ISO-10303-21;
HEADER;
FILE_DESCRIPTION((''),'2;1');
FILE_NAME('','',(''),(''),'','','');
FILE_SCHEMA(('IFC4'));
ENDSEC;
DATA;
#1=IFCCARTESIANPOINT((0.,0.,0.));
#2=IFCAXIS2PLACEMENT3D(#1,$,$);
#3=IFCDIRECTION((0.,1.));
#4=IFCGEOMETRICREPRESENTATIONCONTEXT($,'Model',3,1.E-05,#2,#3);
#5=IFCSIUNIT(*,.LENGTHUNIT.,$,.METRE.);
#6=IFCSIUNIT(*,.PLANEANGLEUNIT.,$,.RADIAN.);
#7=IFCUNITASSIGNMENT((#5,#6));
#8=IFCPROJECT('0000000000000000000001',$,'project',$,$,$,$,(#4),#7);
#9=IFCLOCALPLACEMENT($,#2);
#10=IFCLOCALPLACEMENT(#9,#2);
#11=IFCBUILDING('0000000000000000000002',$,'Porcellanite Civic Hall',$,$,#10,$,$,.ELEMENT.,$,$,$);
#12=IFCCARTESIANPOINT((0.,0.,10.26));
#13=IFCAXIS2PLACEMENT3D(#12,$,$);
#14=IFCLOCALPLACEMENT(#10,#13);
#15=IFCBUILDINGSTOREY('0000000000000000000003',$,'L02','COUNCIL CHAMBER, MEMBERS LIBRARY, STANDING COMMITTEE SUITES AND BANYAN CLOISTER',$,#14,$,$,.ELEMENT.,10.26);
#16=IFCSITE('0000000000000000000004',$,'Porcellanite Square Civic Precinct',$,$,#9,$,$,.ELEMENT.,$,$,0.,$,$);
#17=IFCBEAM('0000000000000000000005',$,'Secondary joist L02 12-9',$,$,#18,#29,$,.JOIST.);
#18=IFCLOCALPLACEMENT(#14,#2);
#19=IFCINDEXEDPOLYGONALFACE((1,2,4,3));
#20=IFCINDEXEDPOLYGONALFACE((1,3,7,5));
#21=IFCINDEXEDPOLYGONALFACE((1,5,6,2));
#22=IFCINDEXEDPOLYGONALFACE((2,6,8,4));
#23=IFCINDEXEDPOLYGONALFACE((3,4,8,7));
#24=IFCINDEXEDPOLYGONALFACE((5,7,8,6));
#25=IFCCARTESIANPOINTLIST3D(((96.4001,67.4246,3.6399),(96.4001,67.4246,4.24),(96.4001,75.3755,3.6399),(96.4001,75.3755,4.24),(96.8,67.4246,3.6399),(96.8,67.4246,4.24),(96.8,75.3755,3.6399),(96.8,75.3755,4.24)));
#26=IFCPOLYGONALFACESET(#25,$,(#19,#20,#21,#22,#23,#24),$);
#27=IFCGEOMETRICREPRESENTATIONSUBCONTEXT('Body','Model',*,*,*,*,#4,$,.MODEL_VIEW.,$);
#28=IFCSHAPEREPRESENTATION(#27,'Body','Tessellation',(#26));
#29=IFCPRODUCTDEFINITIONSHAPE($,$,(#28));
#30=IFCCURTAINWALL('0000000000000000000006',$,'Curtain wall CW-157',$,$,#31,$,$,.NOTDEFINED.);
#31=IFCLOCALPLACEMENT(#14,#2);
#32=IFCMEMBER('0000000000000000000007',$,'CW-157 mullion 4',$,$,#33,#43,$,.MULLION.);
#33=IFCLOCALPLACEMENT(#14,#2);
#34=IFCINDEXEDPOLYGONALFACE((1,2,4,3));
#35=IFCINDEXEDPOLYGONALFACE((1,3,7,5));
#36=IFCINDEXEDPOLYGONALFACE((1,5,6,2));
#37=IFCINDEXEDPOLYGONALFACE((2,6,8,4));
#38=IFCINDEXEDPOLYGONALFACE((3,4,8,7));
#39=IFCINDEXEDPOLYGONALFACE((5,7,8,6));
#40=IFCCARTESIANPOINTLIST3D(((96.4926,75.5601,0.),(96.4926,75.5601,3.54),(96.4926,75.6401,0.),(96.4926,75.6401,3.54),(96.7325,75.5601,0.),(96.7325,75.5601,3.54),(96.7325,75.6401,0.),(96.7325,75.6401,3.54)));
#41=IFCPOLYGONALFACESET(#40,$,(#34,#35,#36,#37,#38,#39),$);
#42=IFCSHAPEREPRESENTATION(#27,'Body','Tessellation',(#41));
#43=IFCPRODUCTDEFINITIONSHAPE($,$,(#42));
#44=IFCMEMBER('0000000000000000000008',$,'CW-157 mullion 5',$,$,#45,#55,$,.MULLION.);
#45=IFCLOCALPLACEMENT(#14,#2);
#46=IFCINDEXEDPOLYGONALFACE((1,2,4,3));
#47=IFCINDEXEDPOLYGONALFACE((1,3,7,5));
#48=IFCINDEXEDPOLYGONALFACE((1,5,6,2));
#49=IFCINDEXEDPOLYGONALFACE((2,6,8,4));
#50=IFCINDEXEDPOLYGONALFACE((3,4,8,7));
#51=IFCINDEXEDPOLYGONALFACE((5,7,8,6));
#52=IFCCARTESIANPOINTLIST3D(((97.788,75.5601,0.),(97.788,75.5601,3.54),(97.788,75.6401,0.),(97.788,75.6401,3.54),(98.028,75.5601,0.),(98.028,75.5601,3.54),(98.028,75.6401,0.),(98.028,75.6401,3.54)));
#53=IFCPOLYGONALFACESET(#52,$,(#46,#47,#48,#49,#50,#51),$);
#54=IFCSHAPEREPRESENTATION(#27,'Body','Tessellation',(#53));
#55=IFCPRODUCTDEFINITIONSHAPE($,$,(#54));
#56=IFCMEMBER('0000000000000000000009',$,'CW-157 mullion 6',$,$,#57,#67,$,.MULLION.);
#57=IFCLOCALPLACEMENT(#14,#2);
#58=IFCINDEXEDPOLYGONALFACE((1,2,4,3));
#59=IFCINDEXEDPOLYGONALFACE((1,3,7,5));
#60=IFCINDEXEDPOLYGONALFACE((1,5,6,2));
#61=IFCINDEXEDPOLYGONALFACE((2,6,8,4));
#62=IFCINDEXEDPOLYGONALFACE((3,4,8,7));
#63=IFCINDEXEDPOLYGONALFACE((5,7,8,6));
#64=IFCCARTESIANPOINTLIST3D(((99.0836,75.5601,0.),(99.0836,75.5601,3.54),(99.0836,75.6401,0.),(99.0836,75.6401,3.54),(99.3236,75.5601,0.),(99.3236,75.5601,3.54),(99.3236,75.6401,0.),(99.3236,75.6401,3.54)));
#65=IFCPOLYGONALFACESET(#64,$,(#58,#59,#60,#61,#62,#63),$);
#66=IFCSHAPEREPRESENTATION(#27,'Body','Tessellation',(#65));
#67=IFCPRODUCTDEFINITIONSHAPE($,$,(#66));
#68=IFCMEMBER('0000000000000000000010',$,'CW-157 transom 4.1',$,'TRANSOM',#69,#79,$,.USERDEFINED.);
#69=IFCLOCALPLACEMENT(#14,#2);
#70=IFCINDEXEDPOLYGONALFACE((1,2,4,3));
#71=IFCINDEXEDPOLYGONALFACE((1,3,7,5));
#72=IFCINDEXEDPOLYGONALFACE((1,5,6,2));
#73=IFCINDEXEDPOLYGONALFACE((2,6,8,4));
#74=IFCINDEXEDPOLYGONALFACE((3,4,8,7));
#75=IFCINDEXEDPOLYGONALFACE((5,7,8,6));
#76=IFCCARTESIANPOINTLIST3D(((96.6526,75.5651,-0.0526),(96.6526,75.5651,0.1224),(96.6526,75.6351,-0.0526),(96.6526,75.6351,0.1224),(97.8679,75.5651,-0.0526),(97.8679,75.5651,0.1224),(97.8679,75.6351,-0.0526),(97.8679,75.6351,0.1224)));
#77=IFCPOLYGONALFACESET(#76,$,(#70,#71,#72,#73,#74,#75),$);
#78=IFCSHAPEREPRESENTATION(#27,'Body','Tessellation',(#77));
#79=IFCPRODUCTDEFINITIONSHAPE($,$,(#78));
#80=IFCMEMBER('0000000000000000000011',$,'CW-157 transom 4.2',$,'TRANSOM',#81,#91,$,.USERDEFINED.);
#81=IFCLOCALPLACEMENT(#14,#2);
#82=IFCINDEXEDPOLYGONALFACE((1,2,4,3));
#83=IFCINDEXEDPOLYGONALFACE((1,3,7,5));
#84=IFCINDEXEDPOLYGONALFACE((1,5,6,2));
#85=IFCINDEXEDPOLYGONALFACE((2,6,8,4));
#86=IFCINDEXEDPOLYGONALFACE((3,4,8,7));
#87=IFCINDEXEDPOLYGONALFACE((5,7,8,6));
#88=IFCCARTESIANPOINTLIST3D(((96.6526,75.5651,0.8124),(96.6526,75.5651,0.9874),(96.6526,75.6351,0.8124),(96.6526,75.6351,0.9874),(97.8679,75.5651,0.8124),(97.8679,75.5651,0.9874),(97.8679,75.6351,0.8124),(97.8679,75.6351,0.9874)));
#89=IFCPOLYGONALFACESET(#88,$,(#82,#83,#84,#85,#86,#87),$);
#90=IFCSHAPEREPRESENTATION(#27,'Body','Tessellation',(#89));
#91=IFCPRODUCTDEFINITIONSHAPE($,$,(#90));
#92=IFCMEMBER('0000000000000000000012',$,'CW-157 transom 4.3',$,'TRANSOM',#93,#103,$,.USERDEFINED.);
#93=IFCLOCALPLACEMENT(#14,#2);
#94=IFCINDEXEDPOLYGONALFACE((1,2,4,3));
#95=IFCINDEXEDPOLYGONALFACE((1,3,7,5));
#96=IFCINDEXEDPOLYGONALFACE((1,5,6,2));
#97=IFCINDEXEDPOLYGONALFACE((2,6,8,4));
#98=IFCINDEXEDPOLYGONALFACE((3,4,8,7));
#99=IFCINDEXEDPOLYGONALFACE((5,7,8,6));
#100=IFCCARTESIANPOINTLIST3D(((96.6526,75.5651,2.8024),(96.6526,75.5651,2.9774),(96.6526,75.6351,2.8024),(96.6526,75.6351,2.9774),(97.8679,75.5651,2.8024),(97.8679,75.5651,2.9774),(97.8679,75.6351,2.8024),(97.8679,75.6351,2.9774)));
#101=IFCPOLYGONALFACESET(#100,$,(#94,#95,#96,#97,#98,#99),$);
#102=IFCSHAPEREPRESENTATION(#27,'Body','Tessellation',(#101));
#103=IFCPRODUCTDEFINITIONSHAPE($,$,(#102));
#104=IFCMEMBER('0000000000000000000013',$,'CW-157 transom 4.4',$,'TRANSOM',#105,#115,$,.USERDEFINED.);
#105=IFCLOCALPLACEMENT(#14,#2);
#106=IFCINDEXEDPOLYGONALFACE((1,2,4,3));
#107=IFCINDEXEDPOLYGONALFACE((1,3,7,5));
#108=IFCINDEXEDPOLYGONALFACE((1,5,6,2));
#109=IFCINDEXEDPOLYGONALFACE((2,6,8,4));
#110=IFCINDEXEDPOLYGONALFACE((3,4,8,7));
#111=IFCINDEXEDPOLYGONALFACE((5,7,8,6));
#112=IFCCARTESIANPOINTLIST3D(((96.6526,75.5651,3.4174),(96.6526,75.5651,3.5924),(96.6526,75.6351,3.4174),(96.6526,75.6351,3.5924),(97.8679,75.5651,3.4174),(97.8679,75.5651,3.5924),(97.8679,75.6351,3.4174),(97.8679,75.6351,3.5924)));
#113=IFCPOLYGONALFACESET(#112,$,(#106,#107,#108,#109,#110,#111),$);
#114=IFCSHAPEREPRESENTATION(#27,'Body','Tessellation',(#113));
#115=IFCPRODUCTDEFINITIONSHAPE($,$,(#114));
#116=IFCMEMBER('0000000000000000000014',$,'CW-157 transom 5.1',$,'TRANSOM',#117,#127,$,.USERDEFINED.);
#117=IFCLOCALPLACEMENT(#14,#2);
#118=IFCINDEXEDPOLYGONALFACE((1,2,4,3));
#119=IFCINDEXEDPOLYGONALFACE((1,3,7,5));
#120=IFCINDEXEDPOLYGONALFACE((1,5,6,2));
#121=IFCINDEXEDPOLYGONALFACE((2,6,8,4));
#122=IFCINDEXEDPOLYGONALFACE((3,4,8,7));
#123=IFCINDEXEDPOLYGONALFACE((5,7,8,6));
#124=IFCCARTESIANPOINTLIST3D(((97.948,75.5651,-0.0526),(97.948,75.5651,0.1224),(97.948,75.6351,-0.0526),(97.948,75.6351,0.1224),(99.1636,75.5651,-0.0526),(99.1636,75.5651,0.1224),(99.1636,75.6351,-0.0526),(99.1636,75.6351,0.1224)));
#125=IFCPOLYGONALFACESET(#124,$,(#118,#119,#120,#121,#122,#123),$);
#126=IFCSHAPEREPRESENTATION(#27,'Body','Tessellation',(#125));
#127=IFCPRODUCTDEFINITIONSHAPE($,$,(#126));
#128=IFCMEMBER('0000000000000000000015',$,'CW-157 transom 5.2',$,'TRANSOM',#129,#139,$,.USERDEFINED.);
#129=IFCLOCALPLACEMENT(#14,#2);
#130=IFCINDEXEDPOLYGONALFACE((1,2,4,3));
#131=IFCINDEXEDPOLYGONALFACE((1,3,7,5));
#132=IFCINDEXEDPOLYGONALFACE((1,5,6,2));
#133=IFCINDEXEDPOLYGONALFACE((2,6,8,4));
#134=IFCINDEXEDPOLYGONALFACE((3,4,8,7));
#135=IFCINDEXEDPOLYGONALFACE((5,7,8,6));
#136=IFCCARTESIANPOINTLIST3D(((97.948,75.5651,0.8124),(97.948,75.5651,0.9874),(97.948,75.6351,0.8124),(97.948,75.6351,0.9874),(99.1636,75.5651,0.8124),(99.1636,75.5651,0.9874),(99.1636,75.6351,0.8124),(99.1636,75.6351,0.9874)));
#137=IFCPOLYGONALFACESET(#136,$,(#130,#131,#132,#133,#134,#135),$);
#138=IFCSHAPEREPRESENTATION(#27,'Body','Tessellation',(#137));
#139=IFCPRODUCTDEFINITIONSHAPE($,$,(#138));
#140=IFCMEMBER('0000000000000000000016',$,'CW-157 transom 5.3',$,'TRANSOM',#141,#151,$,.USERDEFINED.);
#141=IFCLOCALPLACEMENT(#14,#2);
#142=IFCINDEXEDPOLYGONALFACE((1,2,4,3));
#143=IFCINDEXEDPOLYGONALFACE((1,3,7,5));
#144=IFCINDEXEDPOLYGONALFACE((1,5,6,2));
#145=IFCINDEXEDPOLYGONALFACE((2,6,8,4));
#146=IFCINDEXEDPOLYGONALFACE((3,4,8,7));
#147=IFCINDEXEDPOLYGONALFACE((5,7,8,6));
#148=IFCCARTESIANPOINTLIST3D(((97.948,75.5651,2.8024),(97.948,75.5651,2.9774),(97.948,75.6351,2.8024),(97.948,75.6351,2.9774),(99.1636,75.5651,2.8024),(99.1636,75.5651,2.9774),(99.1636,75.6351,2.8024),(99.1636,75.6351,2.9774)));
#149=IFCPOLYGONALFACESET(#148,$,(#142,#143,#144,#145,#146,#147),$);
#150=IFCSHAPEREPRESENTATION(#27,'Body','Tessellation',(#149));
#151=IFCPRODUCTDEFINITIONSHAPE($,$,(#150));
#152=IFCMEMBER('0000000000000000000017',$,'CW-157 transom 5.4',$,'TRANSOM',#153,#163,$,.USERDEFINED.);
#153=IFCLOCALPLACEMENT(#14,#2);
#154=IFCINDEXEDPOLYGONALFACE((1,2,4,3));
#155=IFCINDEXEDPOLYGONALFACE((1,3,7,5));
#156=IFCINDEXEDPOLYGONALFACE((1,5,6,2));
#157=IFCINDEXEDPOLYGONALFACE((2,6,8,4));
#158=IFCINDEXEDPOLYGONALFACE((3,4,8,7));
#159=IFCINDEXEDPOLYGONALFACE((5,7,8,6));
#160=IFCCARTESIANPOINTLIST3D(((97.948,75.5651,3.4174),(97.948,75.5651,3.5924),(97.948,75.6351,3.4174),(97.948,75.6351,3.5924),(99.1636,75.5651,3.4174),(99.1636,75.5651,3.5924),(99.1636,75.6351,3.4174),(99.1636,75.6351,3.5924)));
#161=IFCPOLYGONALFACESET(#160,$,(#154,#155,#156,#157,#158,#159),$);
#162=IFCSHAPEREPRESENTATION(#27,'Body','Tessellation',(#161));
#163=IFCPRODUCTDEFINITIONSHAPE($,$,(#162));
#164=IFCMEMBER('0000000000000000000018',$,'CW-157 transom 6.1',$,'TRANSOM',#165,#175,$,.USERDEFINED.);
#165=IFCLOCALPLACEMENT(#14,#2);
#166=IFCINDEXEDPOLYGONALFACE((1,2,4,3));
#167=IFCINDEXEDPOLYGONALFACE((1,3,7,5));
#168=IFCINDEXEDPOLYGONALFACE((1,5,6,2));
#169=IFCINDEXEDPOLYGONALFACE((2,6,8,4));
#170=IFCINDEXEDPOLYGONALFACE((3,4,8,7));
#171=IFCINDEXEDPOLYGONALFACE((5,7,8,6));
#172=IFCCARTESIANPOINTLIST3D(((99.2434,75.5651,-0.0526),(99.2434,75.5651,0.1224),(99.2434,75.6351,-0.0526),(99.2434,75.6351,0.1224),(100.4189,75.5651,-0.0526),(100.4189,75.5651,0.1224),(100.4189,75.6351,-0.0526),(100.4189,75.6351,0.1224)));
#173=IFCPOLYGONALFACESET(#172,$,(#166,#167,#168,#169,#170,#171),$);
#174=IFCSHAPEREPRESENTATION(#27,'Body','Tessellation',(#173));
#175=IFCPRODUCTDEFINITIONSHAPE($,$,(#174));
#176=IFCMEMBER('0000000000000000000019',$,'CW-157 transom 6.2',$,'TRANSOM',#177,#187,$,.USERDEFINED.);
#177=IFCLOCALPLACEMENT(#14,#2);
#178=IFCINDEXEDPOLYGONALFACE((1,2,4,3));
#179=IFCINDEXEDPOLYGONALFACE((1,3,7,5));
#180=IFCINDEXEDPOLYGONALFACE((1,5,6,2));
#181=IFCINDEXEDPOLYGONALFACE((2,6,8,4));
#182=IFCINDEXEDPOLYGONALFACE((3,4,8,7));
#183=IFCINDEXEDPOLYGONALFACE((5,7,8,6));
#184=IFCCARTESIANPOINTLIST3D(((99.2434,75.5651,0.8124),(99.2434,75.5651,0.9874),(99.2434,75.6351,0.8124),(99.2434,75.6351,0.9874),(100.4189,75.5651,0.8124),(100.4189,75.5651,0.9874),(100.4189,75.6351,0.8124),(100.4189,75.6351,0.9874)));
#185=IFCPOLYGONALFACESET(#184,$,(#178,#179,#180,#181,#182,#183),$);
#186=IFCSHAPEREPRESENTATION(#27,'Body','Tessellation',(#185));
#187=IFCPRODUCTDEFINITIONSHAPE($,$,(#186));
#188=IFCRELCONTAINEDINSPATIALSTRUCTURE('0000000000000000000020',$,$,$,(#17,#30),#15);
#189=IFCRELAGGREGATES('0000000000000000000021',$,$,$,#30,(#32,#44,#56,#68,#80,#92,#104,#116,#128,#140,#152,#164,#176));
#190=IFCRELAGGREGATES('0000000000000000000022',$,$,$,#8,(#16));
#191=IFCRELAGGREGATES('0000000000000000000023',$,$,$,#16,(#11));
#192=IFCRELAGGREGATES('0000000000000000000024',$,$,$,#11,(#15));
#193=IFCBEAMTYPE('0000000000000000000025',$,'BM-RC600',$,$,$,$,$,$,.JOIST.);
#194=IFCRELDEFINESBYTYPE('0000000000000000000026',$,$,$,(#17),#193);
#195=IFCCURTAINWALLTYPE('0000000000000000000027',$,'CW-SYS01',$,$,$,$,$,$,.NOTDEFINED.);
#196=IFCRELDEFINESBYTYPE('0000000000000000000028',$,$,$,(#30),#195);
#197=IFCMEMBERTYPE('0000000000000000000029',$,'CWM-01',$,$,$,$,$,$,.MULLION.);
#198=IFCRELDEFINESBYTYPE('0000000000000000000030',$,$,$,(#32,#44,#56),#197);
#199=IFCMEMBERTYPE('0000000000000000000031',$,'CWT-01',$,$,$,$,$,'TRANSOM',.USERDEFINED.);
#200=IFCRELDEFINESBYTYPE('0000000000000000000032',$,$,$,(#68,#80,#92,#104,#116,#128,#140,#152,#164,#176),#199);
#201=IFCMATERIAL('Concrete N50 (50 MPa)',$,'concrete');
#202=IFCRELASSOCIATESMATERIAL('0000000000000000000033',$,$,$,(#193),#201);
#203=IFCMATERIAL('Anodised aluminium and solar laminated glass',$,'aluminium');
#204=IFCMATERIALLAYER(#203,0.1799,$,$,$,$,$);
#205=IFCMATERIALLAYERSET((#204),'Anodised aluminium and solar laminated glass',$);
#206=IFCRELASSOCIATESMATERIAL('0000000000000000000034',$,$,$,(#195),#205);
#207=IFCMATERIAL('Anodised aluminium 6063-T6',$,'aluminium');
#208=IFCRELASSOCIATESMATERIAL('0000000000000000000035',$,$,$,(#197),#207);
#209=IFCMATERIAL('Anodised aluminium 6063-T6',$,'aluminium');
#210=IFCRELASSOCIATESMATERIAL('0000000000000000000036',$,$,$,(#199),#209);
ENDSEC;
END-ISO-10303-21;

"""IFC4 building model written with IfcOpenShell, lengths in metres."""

from ifc_helpers import new_model, si_unit, direction, frame, origin, origin_2d, place, context, subcontext, project, spatial, rectangle, extrude, material, layer, layer_set, material_profile, profile_set, type_object, element, aggregate, save


model = new_model("IFC4")

# Units and contexts
model_context = context("Model", 3, precision=1e-05, world=origin(), true_north=direction((0.0, 1.0)))
body_context = subcontext(model_context, "Body", "Model", "MODEL_VIEW")
ifc_project = project(units=[si_unit("LENGTHUNIT", "METRE"), si_unit("PLANEANGLEUNIT", "RADIAN")], contexts=[model_context])

# Site, building, storey
site_placement = place(None, origin())
site = spatial("IfcSite", under=ifc_project, at=site_placement, Name="Porcellanite Square Civic Precinct", CompositionType="ELEMENT", RefElevation=0.0)
building_placement = place(site_placement, origin())
building = spatial("IfcBuilding", under=site, at=building_placement, Name="Porcellanite Civic Hall", CompositionType="ELEMENT")
storey_placement = place(building_placement, frame((0.0, 0.0, 10.26)))
storey = spatial("IfcBuildingStorey", under=building, at=storey_placement, Name="L02", Description="COUNCIL CHAMBER, MEMBERS LIBRARY, STANDING COMMITTEE SUITES AND BANYAN CLOISTER", CompositionType="ELEMENT", Elevation=10.26)

# Beam
ifc_material_1 = material(Name="Concrete N50 (50 MPa)", Category="concrete")
ifc_material_profile_1 = material_profile(ifc_material_1, rectangle(XDim=0.3999, YDim=0.6001, at=origin_2d()), Name="RC-400x600")
ifc_profile_set_1 = profile_set([ifc_material_profile_1], Name="Concrete N50 (50 MPa)")
beam_type = type_object("IfcBeamType", Name="BM-RC600", PredefinedType="JOIST", material=ifc_profile_set_1)
beam_placement = place(storey_placement, frame((96.6001, 67.4246, 3.9399), z_axis=(0.0, 1.0, 0.0), x_axis=(-1.0, 0.0, 0.0)))
element("IfcBeam", 1, at=beam_placement, inside=storey, type_object=beam_type, Name="Secondary joist L02 12-9", PredefinedType="JOIST", context=body_context, shape_type="SweptSolid", body=[
    extrude(rectangle(XDim=0.3999, YDim=0.6001, at=origin_2d()), origin(), (0.0, 0.0, 1.0), 7.9509),
])

# Curtain wall, members
ifc_material_2 = material(Name="Anodised aluminium and solar laminated glass", Category="aluminium")
ifc_layer_1 = layer(ifc_material_2, 0.1799)
ifc_layer_set_1 = layer_set([ifc_layer_1], Name="Anodised aluminium and solar laminated glass")
curtain_wall_type = type_object("IfcCurtainWallType", Name="CW-SYS01", PredefinedType="NOTDEFINED", material=ifc_layer_set_1)
curtain_wall_placement = place(storey_placement, origin())
curtain_wall = element("IfcCurtainWall", 2, at=curtain_wall_placement, inside=storey, type_object=curtain_wall_type, Name="Curtain wall CW-157", PredefinedType="NOTDEFINED")
ifc_material_3 = material(Name="Anodised aluminium 6063-T6", Category="aluminium")
ifc_material_profile_2 = material_profile(ifc_material_3, rectangle(XDim=0.0801, YDim=0.24, at=origin_2d()), Name="AL-80x240")
ifc_profile_set_2 = profile_set([ifc_material_profile_2], Name="Anodised aluminium 6063-T6")
member_type_1 = type_object("IfcMemberType", Name="CWM-01", PredefinedType="MULLION", material=ifc_profile_set_2)
member_1_placement = place(storey_placement, frame((96.6125, 75.6001, 0.0), z_axis=(0.0, 0.0, 1.0), x_axis=(0.0, 1.0, 0.0)))
member_1 = element("IfcMember", 3, at=member_1_placement, type_object=member_type_1, Name="CW-157 mullion 4", PredefinedType="MULLION", context=body_context, shape_type="SweptSolid", body=[
    extrude(rectangle(XDim=0.0801, YDim=0.24, at=origin_2d()), origin(), (0.0, 0.0, 1.0), 3.54),
])
member_2_placement = place(storey_placement, frame((97.908, 75.6001, 0.0), z_axis=(0.0, 0.0, 1.0), x_axis=(0.0, 1.0, 0.0)))
member_2 = element("IfcMember", 4, at=member_2_placement, type_object=member_type_1, Name="CW-157 mullion 5", PredefinedType="MULLION", context=body_context, shape_type="SweptSolid", body=[
    extrude(rectangle(XDim=0.0801, YDim=0.24, at=origin_2d()), origin(), (0.0, 0.0, 1.0), 3.54),
])
member_3_placement = place(storey_placement, frame((99.2036, 75.6001, 0.0), z_axis=(0.0, 0.0, 1.0), x_axis=(0.0, 1.0, 0.0)))
member_3 = element("IfcMember", 5, at=member_3_placement, type_object=member_type_1, Name="CW-157 mullion 6", PredefinedType="MULLION", context=body_context, shape_type="SweptSolid", body=[
    extrude(rectangle(XDim=0.0801, YDim=0.24, at=origin_2d()), origin(), (0.0, 0.0, 1.0), 3.54),
])
ifc_material_4 = material(Name="Anodised aluminium 6063-T6", Category="aluminium")
ifc_material_profile_3 = material_profile(ifc_material_4, rectangle(XDim=0.0701, YDim=0.175, at=origin_2d()), Name="AL-70x175")
ifc_profile_set_3 = profile_set([ifc_material_profile_3], Name="Anodised aluminium 6063-T6")
member_type_2 = type_object("IfcMemberType", Name="CWT-01", ElementType="TRANSOM", PredefinedType="USERDEFINED", material=ifc_profile_set_3)
member_4_placement = place(storey_placement, frame((96.6526, 75.6001, 0.0349), z_axis=(1.0, 0.0, 0.0), x_axis=(0.0, 1.0, 0.0)))
member_4 = element("IfcMember", 6, at=member_4_placement, type_object=member_type_2, Name="CW-157 transom 4.1", ObjectType="TRANSOM", PredefinedType="USERDEFINED", context=body_context, shape_type="SweptSolid", body=[
    extrude(rectangle(XDim=0.0701, YDim=0.175, at=origin_2d()), origin(), (0.0, 0.0, 1.0), 1.2153),
])
member_5_placement = place(storey_placement, frame((96.6526, 75.6001, 0.8999), z_axis=(1.0, 0.0, 0.0), x_axis=(0.0, 1.0, 0.0)))
member_5 = element("IfcMember", 7, at=member_5_placement, type_object=member_type_2, Name="CW-157 transom 4.2", ObjectType="TRANSOM", PredefinedType="USERDEFINED", context=body_context, shape_type="SweptSolid", body=[
    extrude(rectangle(XDim=0.0701, YDim=0.175, at=origin_2d()), origin(), (0.0, 0.0, 1.0), 1.2153),
])
member_6_placement = place(storey_placement, frame((96.6526, 75.6001, 2.8899), z_axis=(1.0, 0.0, 0.0), x_axis=(0.0, 1.0, 0.0)))
member_6 = element("IfcMember", 8, at=member_6_placement, type_object=member_type_2, Name="CW-157 transom 4.3", ObjectType="TRANSOM", PredefinedType="USERDEFINED", context=body_context, shape_type="SweptSolid", body=[
    extrude(rectangle(XDim=0.0701, YDim=0.175, at=origin_2d()), origin(), (0.0, 0.0, 1.0), 1.2153),
])
member_7_placement = place(storey_placement, frame((96.6526, 75.6001, 3.5049), z_axis=(1.0, 0.0, 0.0), x_axis=(0.0, 1.0, 0.0)))
member_7 = element("IfcMember", 9, at=member_7_placement, type_object=member_type_2, Name="CW-157 transom 4.4", ObjectType="TRANSOM", PredefinedType="USERDEFINED", context=body_context, shape_type="SweptSolid", body=[
    extrude(rectangle(XDim=0.0701, YDim=0.175, at=origin_2d()), origin(), (0.0, 0.0, 1.0), 1.2153),
])
member_8_placement = place(storey_placement, frame((97.948, 75.6001, 0.0349), z_axis=(1.0, 0.0, 0.0), x_axis=(0.0, 1.0, 0.0)))
member_8 = element("IfcMember", 10, at=member_8_placement, type_object=member_type_2, Name="CW-157 transom 5.1", ObjectType="TRANSOM", PredefinedType="USERDEFINED", context=body_context, shape_type="SweptSolid", body=[
    extrude(rectangle(XDim=0.0701, YDim=0.175, at=origin_2d()), origin(), (0.0, 0.0, 1.0), 1.2156),
])
member_9_placement = place(storey_placement, frame((97.948, 75.6001, 0.8999), z_axis=(1.0, 0.0, 0.0), x_axis=(0.0, 1.0, 0.0)))
member_9 = element("IfcMember", 11, at=member_9_placement, type_object=member_type_2, Name="CW-157 transom 5.2", ObjectType="TRANSOM", PredefinedType="USERDEFINED", context=body_context, shape_type="SweptSolid", body=[
    extrude(rectangle(XDim=0.0701, YDim=0.175, at=origin_2d()), origin(), (0.0, 0.0, 1.0), 1.2156),
])
member_10_placement = place(storey_placement, frame((97.948, 75.6001, 2.8899), z_axis=(1.0, 0.0, 0.0), x_axis=(0.0, 1.0, 0.0)))
member_10 = element("IfcMember", 12, at=member_10_placement, type_object=member_type_2, Name="CW-157 transom 5.3", ObjectType="TRANSOM", PredefinedType="USERDEFINED", context=body_context, shape_type="SweptSolid", body=[
    extrude(rectangle(XDim=0.0701, YDim=0.175, at=origin_2d()), origin(), (0.0, 0.0, 1.0), 1.2156),
])
member_11_placement = place(storey_placement, frame((97.948, 75.6001, 3.5049), z_axis=(1.0, 0.0, 0.0), x_axis=(0.0, 1.0, 0.0)))
member_11 = element("IfcMember", 13, at=member_11_placement, type_object=member_type_2, Name="CW-157 transom 5.4", ObjectType="TRANSOM", PredefinedType="USERDEFINED", context=body_context, shape_type="SweptSolid", body=[
    extrude(rectangle(XDim=0.0701, YDim=0.175, at=origin_2d()), origin(), (0.0, 0.0, 1.0), 1.2156),
])
member_12_placement = place(storey_placement, frame((99.2434, 75.6001, 0.0349), z_axis=(1.0, 0.0, 0.0), x_axis=(0.0, 1.0, 0.0)))
member_12 = element("IfcMember", 14, at=member_12_placement, type_object=member_type_2, Name="CW-157 transom 6.1", ObjectType="TRANSOM", PredefinedType="USERDEFINED", context=body_context, shape_type="SweptSolid", body=[
    extrude(rectangle(XDim=0.0701, YDim=0.175, at=origin_2d()), origin(), (0.0, 0.0, 1.0), 1.1755),
])
member_13_placement = place(storey_placement, frame((99.2434, 75.6001, 0.8999), z_axis=(1.0, 0.0, 0.0), x_axis=(0.0, 1.0, 0.0)))
member_13 = element("IfcMember", 15, at=member_13_placement, type_object=member_type_2, Name="CW-157 transom 6.2", ObjectType="TRANSOM", PredefinedType="USERDEFINED", context=body_context, shape_type="SweptSolid", body=[
    extrude(rectangle(XDim=0.0701, YDim=0.175, at=origin_2d()), origin(), (0.0, 0.0, 1.0), 1.1755),
])
aggregate(curtain_wall, [member_1, member_2, member_3, member_4, member_5, member_6, member_7, member_8, member_9, member_10, member_11, member_12, member_13])

save(model, "model.ifc")
